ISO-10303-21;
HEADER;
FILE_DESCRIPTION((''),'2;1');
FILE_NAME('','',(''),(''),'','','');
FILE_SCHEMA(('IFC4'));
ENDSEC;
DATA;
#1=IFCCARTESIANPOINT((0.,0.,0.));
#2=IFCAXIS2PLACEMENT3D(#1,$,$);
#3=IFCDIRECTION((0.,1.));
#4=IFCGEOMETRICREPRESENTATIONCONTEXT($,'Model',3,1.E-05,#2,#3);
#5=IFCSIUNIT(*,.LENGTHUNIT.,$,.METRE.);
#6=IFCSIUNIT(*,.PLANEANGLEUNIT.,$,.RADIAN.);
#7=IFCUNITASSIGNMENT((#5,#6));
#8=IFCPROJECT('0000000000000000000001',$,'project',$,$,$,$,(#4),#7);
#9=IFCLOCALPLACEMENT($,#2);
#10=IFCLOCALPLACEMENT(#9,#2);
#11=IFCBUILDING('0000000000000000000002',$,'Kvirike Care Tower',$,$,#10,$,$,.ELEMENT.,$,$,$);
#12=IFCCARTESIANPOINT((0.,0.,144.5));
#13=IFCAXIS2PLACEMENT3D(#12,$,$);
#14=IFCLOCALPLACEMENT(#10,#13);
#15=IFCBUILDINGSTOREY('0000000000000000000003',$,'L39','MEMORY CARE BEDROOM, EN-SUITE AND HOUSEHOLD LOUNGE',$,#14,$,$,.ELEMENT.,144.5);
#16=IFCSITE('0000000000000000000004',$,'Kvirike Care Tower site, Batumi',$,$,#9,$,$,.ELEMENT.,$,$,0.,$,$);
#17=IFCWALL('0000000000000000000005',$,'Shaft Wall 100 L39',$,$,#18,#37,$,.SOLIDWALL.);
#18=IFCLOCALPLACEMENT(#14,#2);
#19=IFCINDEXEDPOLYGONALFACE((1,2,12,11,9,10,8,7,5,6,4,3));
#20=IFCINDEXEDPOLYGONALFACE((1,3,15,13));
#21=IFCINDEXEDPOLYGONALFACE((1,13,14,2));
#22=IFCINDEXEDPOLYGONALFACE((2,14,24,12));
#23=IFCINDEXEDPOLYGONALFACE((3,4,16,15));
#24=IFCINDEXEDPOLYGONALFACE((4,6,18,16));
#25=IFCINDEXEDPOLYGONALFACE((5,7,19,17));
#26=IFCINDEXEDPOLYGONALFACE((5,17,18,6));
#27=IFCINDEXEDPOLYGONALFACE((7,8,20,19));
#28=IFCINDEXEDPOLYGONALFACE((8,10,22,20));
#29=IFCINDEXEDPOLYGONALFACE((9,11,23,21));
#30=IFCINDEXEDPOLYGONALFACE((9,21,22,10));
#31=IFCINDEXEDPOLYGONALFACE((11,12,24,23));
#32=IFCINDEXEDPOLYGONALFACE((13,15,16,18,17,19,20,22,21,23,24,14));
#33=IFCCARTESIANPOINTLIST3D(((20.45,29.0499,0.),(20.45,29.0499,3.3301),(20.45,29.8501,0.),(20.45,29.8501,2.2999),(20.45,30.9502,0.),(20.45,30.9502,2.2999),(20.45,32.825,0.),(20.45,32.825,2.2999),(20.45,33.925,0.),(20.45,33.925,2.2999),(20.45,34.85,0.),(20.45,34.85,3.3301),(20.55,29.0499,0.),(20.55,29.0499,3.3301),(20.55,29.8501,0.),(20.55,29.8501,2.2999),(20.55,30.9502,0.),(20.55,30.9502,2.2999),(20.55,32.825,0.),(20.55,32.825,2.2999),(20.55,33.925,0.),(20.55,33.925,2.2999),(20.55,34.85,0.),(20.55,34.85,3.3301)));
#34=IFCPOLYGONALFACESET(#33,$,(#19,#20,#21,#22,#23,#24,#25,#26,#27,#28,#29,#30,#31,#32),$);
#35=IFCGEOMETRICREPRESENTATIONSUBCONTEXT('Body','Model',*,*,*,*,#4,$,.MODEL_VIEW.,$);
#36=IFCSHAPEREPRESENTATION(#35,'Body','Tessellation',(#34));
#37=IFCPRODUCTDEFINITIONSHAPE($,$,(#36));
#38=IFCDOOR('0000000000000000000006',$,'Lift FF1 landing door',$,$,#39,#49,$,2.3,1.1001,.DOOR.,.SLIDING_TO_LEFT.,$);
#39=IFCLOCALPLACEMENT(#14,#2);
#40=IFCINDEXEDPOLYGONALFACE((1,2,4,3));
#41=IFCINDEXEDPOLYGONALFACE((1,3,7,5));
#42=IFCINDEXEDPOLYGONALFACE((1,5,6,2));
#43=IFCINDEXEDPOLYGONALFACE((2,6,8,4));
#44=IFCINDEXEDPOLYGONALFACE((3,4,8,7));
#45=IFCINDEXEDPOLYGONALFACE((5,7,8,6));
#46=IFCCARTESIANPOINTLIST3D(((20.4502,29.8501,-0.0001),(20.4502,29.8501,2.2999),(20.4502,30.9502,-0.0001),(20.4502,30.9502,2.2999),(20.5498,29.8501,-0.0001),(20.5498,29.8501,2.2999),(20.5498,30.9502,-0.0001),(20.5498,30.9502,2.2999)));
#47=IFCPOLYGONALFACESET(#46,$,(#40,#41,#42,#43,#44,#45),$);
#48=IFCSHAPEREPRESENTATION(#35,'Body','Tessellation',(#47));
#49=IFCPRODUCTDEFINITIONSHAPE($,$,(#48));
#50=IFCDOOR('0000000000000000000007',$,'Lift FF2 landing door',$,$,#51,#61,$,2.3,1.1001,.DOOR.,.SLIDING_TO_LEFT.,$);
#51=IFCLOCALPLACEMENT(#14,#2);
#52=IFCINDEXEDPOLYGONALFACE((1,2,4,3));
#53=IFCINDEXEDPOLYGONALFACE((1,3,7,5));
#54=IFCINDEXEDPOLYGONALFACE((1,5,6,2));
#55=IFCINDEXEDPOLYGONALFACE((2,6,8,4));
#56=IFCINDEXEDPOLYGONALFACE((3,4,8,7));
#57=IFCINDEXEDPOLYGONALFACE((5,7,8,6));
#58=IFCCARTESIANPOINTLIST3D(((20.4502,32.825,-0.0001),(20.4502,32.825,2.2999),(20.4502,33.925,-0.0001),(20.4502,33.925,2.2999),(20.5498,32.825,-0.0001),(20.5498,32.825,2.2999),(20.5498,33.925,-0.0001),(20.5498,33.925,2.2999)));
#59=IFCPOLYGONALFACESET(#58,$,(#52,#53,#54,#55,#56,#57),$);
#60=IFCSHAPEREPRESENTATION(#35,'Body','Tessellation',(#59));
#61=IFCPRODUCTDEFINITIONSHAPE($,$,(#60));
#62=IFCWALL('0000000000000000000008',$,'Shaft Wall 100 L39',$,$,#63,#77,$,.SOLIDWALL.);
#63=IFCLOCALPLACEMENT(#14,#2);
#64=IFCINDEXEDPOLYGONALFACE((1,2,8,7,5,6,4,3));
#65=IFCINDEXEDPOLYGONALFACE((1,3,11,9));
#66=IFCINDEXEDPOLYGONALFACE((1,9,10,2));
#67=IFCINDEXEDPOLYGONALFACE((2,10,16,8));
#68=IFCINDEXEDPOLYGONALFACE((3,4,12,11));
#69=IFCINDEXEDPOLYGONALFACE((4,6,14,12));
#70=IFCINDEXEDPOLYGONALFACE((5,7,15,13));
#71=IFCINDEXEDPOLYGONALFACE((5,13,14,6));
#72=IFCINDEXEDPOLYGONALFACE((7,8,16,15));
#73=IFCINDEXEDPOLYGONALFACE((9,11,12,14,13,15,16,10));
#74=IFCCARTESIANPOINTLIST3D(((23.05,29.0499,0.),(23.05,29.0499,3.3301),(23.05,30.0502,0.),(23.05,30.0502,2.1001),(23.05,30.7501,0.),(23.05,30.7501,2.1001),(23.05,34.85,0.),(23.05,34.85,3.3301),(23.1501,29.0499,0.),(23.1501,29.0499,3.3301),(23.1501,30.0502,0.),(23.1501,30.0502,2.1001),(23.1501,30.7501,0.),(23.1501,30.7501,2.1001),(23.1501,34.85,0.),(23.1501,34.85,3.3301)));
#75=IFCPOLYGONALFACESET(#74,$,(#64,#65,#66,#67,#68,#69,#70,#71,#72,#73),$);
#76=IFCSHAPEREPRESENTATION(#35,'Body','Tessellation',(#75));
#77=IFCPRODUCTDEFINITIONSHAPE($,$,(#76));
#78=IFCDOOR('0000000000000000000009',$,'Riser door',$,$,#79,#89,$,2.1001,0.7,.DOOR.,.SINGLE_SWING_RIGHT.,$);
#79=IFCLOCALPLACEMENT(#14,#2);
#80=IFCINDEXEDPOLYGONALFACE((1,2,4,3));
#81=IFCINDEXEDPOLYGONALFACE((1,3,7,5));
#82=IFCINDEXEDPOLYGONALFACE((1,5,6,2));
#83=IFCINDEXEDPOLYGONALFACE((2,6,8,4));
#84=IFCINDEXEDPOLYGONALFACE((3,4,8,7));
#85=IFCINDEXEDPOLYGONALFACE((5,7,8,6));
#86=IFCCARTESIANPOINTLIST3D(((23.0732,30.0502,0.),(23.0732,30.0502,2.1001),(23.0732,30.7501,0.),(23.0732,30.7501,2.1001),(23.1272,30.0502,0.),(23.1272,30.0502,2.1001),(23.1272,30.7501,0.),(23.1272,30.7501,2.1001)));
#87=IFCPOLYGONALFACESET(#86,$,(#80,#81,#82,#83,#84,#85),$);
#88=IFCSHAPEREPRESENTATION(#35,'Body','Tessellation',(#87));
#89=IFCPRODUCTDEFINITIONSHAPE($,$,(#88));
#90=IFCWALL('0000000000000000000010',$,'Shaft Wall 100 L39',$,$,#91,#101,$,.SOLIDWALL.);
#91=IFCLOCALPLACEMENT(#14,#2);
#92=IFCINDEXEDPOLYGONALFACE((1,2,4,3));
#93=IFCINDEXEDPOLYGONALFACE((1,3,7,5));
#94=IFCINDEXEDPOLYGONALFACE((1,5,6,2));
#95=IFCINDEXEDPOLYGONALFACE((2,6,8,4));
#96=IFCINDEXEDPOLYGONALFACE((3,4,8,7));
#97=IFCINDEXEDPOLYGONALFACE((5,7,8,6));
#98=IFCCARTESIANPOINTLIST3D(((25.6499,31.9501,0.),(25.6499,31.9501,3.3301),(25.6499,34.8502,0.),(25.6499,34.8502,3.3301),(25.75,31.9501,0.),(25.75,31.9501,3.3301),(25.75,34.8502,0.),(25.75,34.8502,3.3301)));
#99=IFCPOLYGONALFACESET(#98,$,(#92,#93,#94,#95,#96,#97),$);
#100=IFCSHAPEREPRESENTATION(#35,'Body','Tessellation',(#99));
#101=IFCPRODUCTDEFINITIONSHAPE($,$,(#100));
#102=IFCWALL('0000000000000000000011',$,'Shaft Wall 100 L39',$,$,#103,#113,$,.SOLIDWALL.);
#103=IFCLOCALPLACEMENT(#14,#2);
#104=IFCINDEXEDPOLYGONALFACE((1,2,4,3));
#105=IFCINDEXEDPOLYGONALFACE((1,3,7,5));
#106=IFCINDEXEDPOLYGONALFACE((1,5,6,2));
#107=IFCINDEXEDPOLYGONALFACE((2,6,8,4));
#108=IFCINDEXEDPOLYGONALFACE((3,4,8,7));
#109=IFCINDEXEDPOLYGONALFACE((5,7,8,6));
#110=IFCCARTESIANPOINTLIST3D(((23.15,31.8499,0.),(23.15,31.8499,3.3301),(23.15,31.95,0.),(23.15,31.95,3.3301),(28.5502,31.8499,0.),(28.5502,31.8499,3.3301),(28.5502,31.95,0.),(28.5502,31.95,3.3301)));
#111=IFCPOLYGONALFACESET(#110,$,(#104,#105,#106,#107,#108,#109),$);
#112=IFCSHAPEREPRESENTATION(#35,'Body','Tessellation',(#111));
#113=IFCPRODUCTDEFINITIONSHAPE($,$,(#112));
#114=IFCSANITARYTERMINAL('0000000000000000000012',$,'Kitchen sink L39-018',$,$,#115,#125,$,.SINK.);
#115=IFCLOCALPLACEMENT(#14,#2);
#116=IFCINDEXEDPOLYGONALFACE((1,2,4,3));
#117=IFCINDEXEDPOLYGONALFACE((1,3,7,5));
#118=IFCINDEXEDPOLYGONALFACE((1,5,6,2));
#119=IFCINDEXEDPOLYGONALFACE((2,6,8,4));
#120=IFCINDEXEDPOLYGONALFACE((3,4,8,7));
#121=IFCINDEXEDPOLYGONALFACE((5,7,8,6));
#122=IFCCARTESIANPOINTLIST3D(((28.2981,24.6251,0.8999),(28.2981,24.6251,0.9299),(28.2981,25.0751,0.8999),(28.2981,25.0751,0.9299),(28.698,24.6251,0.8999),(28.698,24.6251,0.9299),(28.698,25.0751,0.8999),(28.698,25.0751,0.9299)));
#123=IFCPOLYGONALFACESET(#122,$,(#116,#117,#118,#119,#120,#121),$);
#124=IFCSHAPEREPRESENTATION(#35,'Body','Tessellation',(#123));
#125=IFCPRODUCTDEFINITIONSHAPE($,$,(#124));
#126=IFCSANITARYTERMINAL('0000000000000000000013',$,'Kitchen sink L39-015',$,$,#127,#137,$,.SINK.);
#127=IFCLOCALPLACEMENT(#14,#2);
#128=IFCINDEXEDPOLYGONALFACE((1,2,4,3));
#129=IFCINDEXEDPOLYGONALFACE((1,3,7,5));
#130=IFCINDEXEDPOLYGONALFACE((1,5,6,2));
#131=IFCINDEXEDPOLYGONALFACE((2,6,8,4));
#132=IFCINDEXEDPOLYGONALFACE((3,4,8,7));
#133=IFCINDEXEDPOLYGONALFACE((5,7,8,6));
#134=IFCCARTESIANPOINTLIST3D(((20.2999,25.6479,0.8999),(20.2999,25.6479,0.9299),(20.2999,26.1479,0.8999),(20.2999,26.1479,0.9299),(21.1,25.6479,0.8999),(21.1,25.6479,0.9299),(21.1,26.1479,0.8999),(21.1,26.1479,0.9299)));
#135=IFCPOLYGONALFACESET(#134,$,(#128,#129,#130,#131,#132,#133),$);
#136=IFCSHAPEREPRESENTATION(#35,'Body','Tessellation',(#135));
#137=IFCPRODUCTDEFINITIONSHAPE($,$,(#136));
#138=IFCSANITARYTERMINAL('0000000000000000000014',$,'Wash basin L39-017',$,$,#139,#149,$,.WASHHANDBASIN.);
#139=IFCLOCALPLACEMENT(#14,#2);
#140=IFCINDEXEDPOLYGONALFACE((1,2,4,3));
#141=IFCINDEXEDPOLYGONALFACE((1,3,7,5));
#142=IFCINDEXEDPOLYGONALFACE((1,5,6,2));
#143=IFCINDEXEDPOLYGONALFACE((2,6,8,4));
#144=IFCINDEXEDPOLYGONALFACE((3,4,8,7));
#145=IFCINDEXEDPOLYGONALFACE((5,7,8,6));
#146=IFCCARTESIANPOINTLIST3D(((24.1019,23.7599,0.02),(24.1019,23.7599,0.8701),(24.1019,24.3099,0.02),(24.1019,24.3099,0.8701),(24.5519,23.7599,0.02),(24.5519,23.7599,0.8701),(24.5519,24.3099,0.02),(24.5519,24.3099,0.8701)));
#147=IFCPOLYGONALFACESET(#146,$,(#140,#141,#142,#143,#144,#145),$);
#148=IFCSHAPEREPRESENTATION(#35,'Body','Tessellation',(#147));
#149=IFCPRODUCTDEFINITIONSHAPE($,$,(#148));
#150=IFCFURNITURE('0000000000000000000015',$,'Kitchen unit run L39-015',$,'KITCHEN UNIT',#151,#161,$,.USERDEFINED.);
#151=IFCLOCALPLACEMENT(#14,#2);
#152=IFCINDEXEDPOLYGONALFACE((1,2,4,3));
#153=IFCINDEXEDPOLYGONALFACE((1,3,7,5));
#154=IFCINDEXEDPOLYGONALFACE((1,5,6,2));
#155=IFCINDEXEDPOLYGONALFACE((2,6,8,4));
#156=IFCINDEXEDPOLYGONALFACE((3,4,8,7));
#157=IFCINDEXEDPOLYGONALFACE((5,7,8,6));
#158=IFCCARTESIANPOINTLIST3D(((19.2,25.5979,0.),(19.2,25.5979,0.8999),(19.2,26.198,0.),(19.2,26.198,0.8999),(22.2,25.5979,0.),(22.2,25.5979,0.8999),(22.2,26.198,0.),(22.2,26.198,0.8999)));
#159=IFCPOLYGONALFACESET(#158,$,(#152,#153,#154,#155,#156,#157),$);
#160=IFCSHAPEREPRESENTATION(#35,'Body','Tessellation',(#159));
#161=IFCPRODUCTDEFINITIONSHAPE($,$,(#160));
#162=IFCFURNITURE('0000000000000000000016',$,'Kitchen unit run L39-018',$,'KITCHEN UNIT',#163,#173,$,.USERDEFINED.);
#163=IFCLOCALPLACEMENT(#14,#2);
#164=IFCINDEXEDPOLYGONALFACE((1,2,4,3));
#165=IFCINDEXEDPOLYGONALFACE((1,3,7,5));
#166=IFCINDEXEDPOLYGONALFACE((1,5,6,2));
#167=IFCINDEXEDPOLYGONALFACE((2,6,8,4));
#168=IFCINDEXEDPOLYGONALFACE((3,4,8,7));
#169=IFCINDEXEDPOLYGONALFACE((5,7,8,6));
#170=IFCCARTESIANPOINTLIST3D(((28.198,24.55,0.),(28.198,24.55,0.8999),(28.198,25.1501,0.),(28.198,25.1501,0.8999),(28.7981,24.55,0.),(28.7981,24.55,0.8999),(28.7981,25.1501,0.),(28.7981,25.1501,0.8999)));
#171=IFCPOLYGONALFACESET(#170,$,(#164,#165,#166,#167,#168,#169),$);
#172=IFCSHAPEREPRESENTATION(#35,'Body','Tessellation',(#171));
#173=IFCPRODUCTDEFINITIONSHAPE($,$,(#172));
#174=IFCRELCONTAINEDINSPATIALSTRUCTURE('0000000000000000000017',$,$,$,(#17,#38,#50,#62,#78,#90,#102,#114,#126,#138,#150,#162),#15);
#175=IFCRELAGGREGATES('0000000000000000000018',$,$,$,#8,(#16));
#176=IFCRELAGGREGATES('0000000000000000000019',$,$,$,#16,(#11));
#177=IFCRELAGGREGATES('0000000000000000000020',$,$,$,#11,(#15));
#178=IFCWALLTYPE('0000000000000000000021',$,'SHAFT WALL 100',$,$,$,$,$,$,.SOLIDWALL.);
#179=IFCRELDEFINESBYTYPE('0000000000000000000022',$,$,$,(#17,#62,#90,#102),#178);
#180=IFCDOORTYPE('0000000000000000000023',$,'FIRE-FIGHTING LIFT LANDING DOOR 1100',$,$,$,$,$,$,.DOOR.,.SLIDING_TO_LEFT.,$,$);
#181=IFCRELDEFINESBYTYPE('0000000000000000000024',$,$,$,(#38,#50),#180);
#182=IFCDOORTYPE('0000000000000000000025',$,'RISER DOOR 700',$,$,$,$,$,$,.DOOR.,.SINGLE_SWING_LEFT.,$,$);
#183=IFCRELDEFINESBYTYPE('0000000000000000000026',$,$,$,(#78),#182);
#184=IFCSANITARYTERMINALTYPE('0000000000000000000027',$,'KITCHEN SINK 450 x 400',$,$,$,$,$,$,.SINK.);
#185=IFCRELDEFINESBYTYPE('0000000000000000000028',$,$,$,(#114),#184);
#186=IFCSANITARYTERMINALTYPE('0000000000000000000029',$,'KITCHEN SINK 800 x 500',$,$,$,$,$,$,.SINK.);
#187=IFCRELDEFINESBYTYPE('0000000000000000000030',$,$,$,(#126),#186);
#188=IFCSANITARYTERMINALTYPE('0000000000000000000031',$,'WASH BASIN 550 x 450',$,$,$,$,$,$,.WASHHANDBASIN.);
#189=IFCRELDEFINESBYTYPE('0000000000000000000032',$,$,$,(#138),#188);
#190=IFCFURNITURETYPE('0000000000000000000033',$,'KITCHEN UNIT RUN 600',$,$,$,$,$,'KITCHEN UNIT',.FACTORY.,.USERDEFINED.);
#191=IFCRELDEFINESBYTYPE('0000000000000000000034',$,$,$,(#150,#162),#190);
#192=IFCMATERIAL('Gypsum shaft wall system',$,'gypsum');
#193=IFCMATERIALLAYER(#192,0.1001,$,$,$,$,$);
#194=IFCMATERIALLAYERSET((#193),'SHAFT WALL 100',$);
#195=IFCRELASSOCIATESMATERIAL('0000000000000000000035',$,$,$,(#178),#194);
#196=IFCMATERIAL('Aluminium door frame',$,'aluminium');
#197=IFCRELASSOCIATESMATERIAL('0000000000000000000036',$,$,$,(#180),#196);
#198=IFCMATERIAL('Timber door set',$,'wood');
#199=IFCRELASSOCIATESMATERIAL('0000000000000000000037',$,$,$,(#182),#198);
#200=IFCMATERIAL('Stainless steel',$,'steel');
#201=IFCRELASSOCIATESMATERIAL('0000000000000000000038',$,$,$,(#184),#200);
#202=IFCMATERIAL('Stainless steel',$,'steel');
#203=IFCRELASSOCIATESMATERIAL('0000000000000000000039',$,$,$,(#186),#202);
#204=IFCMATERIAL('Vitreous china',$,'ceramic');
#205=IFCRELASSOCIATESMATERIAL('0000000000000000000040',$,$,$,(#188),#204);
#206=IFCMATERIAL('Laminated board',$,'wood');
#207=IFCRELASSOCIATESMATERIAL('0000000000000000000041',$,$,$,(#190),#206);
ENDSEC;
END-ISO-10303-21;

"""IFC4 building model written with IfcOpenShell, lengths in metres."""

from ifc_helpers import new_model, si_unit, direction, frame, frame_2d, origin, origin_2d, place, context, subcontext, project, spatial, rectangle, extrude, material, layer, layer_set, type_object, element, fill, save


model = new_model("IFC4")

# Units and contexts
model_context = context("Model", 3, precision=1e-05, world=origin(), true_north=direction((0.0, 1.0)))
body_context = subcontext(model_context, "Body", "Model", "MODEL_VIEW")
ifc_project = project(units=[si_unit("LENGTHUNIT", "METRE"), si_unit("PLANEANGLEUNIT", "RADIAN")], contexts=[model_context])

# Site, building, storey
site_placement = place(None, origin())
site = spatial("IfcSite", under=ifc_project, at=site_placement, Name="Kvirike Care Tower site, Batumi", CompositionType="ELEMENT", RefElevation=0.0)
building_placement = place(site_placement, origin())
building = spatial("IfcBuilding", under=site, at=building_placement, Name="Kvirike Care Tower", CompositionType="ELEMENT")
storey_placement = place(building_placement, frame((0.0, 0.0, 144.5)))
storey = spatial("IfcBuildingStorey", under=building, at=storey_placement, Name="L39", Description="MEMORY CARE BEDROOM, EN-SUITE AND HOUSEHOLD LOUNGE", CompositionType="ELEMENT", Elevation=144.5)

# Wall, openings, doors
ifc_material_1 = material(Name="Gypsum shaft wall system", Category="gypsum")
ifc_layer_1 = layer(ifc_material_1, 0.1001)
ifc_layer_set_1 = layer_set([ifc_layer_1], Name="SHAFT WALL 100")
wall_type_1 = type_object("IfcWallType", Name="SHAFT WALL 100", PredefinedType="SOLIDWALL", material=ifc_layer_set_1)
wall_1_placement = place(storey_placement, frame((20.5, 29.05, 0.0), z_axis=(0.0, 0.0, 1.0), x_axis=(0.0, 1.0, 0.0)))
wall_1 = element("IfcWall", 1, at=wall_1_placement, inside=storey, type_object=wall_type_1, Name="Shaft Wall 100 L39", PredefinedType="SOLIDWALL", context=body_context, shape_type="SweptSolid", body=[
    extrude(rectangle(XDim=5.8, YDim=0.1001, at=frame_2d((2.8999, 0.0))), origin(), (0.0, 0.0, 1.0), 3.3301),
])
opening_1_placement = place(wall_1_placement, frame((0.8, 0.0, 0.0)))
opening_1 = element("IfcOpeningElement", 2, at=opening_1_placement, cuts=wall_1, PredefinedType="OPENING", context=body_context, shape_type="SweptSolid", body=[
    extrude(rectangle(XDim=1.1001, YDim=2.3, at=frame_2d((0.55, 1.1499))), frame((0.0, 0.0605, 0.0), z_axis=(0.0, -1.0, 0.0), x_axis=(1.0, 0.0, 0.0)), (0.0, 0.0, 1.0), 0.1211),
])
opening_2_placement = place(wall_1_placement, frame((3.7749, 0.0, 0.0)))
opening_2 = element("IfcOpeningElement", 3, at=opening_2_placement, cuts=wall_1, PredefinedType="OPENING", context=body_context, shape_type="SweptSolid", body=[
    extrude(rectangle(XDim=1.1001, YDim=2.3, at=frame_2d((0.55, 1.1499))), frame((0.0, 0.0605, 0.0), z_axis=(0.0, -1.0, 0.0), x_axis=(1.0, 0.0, 0.0)), (0.0, 0.0, 1.0), 0.1211),
])
ifc_material_2 = material(Name="Aluminium door frame", Category="aluminium")
door_type_1 = type_object("IfcDoorType", Name="FIRE-FIGHTING LIFT LANDING DOOR 1100", OperationType="SLIDING_TO_LEFT", PredefinedType="DOOR", material=ifc_material_2)
door_1_placement = place(opening_1_placement, origin())
door_1 = element("IfcDoor", 4, at=door_1_placement, inside=storey, type_object=door_type_1, Name="Lift FF1 landing door", OperationType="SLIDING_TO_LEFT", OverallHeight=2.3, OverallWidth=1.1001, PredefinedType="DOOR", context=body_context, shape_type="SweptSolid", body=[
    extrude(rectangle(XDim=1.1001, YDim=2.3, at=frame_2d((0.55, 1.1499))), frame((0.0, 0.0498, 0.0), z_axis=(0.0, -1.0, 0.0), x_axis=(1.0, 0.0, 0.0)), (0.0, 0.0, 1.0), 0.0996),
])
fill(opening_1, door_1)
door_2_placement = place(opening_2_placement, origin())
door_2 = element("IfcDoor", 5, at=door_2_placement, inside=storey, type_object=door_type_1, Name="Lift FF2 landing door", OperationType="SLIDING_TO_LEFT", OverallHeight=2.3, OverallWidth=1.1001, PredefinedType="DOOR", context=body_context, shape_type="SweptSolid", body=[
    extrude(rectangle(XDim=1.1001, YDim=2.3, at=frame_2d((0.55, 1.1499))), frame((0.0, 0.0498, 0.0), z_axis=(0.0, -1.0, 0.0), x_axis=(1.0, 0.0, 0.0)), (0.0, 0.0, 1.0), 0.0996),
])
fill(opening_2, door_2)

# Wall, opening, door
wall_2_placement = place(storey_placement, frame((23.1001, 29.05, 0.0), z_axis=(0.0, 0.0, 1.0), x_axis=(0.0, 1.0, 0.0)))
wall_2 = element("IfcWall", 6, at=wall_2_placement, inside=storey, type_object=wall_type_1, Name="Shaft Wall 100 L39", PredefinedType="SOLIDWALL", context=body_context, shape_type="SweptSolid", body=[
    extrude(rectangle(XDim=5.8, YDim=0.1001, at=frame_2d((2.8999, 0.0))), origin(), (0.0, 0.0, 1.0), 3.3301),
])
opening_3_placement = place(wall_2_placement, frame((1.0, 0.0, 0.0)))
opening_3 = element("IfcOpeningElement", 7, at=opening_3_placement, cuts=wall_2, PredefinedType="OPENING", context=body_context, shape_type="SweptSolid", body=[
    extrude(rectangle(XDim=0.7, YDim=2.1001, at=frame_2d((0.3501, 1.05))), frame((0.0, 0.0605, 0.0), z_axis=(0.0, -1.0, 0.0), x_axis=(1.0, 0.0, 0.0)), (0.0, 0.0, 1.0), 0.1211),
])
ifc_material_3 = material(Name="Timber door set", Category="wood")
door_type_2 = type_object("IfcDoorType", Name="RISER DOOR 700", OperationType="SINGLE_SWING_LEFT", PredefinedType="DOOR", material=ifc_material_3)
door_3_placement = place(opening_3_placement, origin())
door_3 = element("IfcDoor", 8, at=door_3_placement, inside=storey, type_object=door_type_2, Name="Riser door", OperationType="SINGLE_SWING_RIGHT", OverallHeight=2.1001, OverallWidth=0.7, PredefinedType="DOOR", context=body_context, shape_type="SweptSolid", body=[
    extrude(rectangle(XDim=0.7, YDim=2.1001, at=frame_2d((0.3501, 1.05))), frame((0.0, 0.0269, 0.0), z_axis=(0.0, -1.0, 0.0), x_axis=(1.0, 0.0, 0.0)), (0.0, 0.0, 1.0), 0.054),
])
fill(opening_3, door_3)

# Walls
wall_3_placement = place(storey_placement, frame((25.7, 31.95, 0.0), z_axis=(0.0, 0.0, 1.0), x_axis=(0.0, 1.0, 0.0)))
element("IfcWall", 9, at=wall_3_placement, inside=storey, type_object=wall_type_1, Name="Shaft Wall 100 L39", PredefinedType="SOLIDWALL", context=body_context, shape_type="SweptSolid", body=[
    extrude(rectangle(XDim=2.9001, YDim=0.1001, at=frame_2d((1.4502, 0.0))), origin(), (0.0, 0.0, 1.0), 3.3301),
])
wall_4_placement = place(storey_placement, frame((23.1499, 31.8999, 0.0), z_axis=(0.0, 0.0, 1.0), x_axis=(1.0, 0.0, 0.0)))
element("IfcWall", 10, at=wall_4_placement, inside=storey, type_object=wall_type_1, Name="Shaft Wall 100 L39", PredefinedType="SOLIDWALL", context=body_context, shape_type="SweptSolid", body=[
    extrude(rectangle(XDim=5.4001, YDim=0.1001, at=frame_2d((2.7002, 0.0))), origin(), (0.0, 0.0, 1.0), 3.3301),
])

# Sanitary terminals
ifc_material_4 = material(Name="Stainless steel", Category="steel")
sanitary_terminal_type_1 = type_object("IfcSanitaryTerminalType", Name="KITCHEN SINK 450 x 400", PredefinedType="SINK", material=ifc_material_4)
sanitary_terminal_1_placement = place(storey_placement, frame((28.498, 24.8501, 0.8999), z_axis=(0.0, 0.0, 1.0), x_axis=(0.0, -1.0, 0.0)))
element("IfcSanitaryTerminal", 11, at=sanitary_terminal_1_placement, inside=storey, type_object=sanitary_terminal_type_1, Name="Kitchen sink L39-018", PredefinedType="SINK", context=body_context, shape_type="SweptSolid", body=[
    extrude(rectangle(XDim=0.45, YDim=0.3999, at=origin_2d()), origin(), (0.0, 0.0, 1.0), 0.03),
])
ifc_material_5 = material(Name="Stainless steel", Category="steel")
sanitary_terminal_type_2 = type_object("IfcSanitaryTerminalType", Name="KITCHEN SINK 800 x 500", PredefinedType="SINK", material=ifc_material_5)
sanitary_terminal_2_placement = place(storey_placement, frame((20.7, 25.8979, 0.8999), z_axis=(0.0, 0.0, 1.0), x_axis=(1.0, 0.0, 0.0)))
element("IfcSanitaryTerminal", 12, at=sanitary_terminal_2_placement, inside=storey, type_object=sanitary_terminal_type_2, Name="Kitchen sink L39-015", PredefinedType="SINK", context=body_context, shape_type="SweptSolid", body=[
    extrude(rectangle(XDim=0.8, YDim=0.5, at=origin_2d()), origin(), (0.0, 0.0, 1.0), 0.03),
])
ifc_material_6 = material(Name="Vitreous china", Category="ceramic")
sanitary_terminal_type_3 = type_object("IfcSanitaryTerminalType", Name="WASH BASIN 550 x 450", PredefinedType="WASHHANDBASIN", material=ifc_material_6)
sanitary_terminal_3_placement = place(storey_placement, frame((24.3269, 24.0349, 0.02), z_axis=(0.0, 0.0, 1.0), x_axis=(0.0, 1.0, 0.0)))
element("IfcSanitaryTerminal", 13, at=sanitary_terminal_3_placement, inside=storey, type_object=sanitary_terminal_type_3, Name="Wash basin L39-017", PredefinedType="WASHHANDBASIN", context=body_context, shape_type="SweptSolid", body=[
    extrude(rectangle(XDim=0.55, YDim=0.45, at=origin_2d()), origin(), (0.0, 0.0, 1.0), 0.8501),
])

# Furniture
ifc_material_7 = material(Name="Laminated board", Category="wood")
furniture_type = type_object("IfcFurnitureType", Name="KITCHEN UNIT RUN 600", ElementType="KITCHEN UNIT", AssemblyPlace="FACTORY", PredefinedType="USERDEFINED", material=ifc_material_7)
furniture_1_placement = place(storey_placement, frame((20.7, 25.8979, 0.0), z_axis=(0.0, 0.0, 1.0), x_axis=(1.0, 0.0, 0.0)))
element("IfcFurniture", 14, at=furniture_1_placement, inside=storey, type_object=furniture_type, Name="Kitchen unit run L39-015", ObjectType="KITCHEN UNIT", PredefinedType="USERDEFINED", context=body_context, shape_type="SweptSolid", body=[
    extrude(rectangle(XDim=3.0, YDim=0.6001, at=origin_2d()), origin(), (0.0, 0.0, 1.0), 0.8999),
])
furniture_2_placement = place(storey_placement, frame((28.498, 24.8501, 0.0), z_axis=(0.0, 0.0, 1.0), x_axis=(0.0, -1.0, 0.0)))
element("IfcFurniture", 15, at=furniture_2_placement, inside=storey, type_object=furniture_type, Name="Kitchen unit run L39-018", ObjectType="KITCHEN UNIT", PredefinedType="USERDEFINED", context=body_context, shape_type="SweptSolid", body=[
    extrude(rectangle(XDim=0.6001, YDim=0.6001, at=origin_2d()), origin(), (0.0, 0.0, 1.0), 0.8999),
])

save(model, "model.ifc")
